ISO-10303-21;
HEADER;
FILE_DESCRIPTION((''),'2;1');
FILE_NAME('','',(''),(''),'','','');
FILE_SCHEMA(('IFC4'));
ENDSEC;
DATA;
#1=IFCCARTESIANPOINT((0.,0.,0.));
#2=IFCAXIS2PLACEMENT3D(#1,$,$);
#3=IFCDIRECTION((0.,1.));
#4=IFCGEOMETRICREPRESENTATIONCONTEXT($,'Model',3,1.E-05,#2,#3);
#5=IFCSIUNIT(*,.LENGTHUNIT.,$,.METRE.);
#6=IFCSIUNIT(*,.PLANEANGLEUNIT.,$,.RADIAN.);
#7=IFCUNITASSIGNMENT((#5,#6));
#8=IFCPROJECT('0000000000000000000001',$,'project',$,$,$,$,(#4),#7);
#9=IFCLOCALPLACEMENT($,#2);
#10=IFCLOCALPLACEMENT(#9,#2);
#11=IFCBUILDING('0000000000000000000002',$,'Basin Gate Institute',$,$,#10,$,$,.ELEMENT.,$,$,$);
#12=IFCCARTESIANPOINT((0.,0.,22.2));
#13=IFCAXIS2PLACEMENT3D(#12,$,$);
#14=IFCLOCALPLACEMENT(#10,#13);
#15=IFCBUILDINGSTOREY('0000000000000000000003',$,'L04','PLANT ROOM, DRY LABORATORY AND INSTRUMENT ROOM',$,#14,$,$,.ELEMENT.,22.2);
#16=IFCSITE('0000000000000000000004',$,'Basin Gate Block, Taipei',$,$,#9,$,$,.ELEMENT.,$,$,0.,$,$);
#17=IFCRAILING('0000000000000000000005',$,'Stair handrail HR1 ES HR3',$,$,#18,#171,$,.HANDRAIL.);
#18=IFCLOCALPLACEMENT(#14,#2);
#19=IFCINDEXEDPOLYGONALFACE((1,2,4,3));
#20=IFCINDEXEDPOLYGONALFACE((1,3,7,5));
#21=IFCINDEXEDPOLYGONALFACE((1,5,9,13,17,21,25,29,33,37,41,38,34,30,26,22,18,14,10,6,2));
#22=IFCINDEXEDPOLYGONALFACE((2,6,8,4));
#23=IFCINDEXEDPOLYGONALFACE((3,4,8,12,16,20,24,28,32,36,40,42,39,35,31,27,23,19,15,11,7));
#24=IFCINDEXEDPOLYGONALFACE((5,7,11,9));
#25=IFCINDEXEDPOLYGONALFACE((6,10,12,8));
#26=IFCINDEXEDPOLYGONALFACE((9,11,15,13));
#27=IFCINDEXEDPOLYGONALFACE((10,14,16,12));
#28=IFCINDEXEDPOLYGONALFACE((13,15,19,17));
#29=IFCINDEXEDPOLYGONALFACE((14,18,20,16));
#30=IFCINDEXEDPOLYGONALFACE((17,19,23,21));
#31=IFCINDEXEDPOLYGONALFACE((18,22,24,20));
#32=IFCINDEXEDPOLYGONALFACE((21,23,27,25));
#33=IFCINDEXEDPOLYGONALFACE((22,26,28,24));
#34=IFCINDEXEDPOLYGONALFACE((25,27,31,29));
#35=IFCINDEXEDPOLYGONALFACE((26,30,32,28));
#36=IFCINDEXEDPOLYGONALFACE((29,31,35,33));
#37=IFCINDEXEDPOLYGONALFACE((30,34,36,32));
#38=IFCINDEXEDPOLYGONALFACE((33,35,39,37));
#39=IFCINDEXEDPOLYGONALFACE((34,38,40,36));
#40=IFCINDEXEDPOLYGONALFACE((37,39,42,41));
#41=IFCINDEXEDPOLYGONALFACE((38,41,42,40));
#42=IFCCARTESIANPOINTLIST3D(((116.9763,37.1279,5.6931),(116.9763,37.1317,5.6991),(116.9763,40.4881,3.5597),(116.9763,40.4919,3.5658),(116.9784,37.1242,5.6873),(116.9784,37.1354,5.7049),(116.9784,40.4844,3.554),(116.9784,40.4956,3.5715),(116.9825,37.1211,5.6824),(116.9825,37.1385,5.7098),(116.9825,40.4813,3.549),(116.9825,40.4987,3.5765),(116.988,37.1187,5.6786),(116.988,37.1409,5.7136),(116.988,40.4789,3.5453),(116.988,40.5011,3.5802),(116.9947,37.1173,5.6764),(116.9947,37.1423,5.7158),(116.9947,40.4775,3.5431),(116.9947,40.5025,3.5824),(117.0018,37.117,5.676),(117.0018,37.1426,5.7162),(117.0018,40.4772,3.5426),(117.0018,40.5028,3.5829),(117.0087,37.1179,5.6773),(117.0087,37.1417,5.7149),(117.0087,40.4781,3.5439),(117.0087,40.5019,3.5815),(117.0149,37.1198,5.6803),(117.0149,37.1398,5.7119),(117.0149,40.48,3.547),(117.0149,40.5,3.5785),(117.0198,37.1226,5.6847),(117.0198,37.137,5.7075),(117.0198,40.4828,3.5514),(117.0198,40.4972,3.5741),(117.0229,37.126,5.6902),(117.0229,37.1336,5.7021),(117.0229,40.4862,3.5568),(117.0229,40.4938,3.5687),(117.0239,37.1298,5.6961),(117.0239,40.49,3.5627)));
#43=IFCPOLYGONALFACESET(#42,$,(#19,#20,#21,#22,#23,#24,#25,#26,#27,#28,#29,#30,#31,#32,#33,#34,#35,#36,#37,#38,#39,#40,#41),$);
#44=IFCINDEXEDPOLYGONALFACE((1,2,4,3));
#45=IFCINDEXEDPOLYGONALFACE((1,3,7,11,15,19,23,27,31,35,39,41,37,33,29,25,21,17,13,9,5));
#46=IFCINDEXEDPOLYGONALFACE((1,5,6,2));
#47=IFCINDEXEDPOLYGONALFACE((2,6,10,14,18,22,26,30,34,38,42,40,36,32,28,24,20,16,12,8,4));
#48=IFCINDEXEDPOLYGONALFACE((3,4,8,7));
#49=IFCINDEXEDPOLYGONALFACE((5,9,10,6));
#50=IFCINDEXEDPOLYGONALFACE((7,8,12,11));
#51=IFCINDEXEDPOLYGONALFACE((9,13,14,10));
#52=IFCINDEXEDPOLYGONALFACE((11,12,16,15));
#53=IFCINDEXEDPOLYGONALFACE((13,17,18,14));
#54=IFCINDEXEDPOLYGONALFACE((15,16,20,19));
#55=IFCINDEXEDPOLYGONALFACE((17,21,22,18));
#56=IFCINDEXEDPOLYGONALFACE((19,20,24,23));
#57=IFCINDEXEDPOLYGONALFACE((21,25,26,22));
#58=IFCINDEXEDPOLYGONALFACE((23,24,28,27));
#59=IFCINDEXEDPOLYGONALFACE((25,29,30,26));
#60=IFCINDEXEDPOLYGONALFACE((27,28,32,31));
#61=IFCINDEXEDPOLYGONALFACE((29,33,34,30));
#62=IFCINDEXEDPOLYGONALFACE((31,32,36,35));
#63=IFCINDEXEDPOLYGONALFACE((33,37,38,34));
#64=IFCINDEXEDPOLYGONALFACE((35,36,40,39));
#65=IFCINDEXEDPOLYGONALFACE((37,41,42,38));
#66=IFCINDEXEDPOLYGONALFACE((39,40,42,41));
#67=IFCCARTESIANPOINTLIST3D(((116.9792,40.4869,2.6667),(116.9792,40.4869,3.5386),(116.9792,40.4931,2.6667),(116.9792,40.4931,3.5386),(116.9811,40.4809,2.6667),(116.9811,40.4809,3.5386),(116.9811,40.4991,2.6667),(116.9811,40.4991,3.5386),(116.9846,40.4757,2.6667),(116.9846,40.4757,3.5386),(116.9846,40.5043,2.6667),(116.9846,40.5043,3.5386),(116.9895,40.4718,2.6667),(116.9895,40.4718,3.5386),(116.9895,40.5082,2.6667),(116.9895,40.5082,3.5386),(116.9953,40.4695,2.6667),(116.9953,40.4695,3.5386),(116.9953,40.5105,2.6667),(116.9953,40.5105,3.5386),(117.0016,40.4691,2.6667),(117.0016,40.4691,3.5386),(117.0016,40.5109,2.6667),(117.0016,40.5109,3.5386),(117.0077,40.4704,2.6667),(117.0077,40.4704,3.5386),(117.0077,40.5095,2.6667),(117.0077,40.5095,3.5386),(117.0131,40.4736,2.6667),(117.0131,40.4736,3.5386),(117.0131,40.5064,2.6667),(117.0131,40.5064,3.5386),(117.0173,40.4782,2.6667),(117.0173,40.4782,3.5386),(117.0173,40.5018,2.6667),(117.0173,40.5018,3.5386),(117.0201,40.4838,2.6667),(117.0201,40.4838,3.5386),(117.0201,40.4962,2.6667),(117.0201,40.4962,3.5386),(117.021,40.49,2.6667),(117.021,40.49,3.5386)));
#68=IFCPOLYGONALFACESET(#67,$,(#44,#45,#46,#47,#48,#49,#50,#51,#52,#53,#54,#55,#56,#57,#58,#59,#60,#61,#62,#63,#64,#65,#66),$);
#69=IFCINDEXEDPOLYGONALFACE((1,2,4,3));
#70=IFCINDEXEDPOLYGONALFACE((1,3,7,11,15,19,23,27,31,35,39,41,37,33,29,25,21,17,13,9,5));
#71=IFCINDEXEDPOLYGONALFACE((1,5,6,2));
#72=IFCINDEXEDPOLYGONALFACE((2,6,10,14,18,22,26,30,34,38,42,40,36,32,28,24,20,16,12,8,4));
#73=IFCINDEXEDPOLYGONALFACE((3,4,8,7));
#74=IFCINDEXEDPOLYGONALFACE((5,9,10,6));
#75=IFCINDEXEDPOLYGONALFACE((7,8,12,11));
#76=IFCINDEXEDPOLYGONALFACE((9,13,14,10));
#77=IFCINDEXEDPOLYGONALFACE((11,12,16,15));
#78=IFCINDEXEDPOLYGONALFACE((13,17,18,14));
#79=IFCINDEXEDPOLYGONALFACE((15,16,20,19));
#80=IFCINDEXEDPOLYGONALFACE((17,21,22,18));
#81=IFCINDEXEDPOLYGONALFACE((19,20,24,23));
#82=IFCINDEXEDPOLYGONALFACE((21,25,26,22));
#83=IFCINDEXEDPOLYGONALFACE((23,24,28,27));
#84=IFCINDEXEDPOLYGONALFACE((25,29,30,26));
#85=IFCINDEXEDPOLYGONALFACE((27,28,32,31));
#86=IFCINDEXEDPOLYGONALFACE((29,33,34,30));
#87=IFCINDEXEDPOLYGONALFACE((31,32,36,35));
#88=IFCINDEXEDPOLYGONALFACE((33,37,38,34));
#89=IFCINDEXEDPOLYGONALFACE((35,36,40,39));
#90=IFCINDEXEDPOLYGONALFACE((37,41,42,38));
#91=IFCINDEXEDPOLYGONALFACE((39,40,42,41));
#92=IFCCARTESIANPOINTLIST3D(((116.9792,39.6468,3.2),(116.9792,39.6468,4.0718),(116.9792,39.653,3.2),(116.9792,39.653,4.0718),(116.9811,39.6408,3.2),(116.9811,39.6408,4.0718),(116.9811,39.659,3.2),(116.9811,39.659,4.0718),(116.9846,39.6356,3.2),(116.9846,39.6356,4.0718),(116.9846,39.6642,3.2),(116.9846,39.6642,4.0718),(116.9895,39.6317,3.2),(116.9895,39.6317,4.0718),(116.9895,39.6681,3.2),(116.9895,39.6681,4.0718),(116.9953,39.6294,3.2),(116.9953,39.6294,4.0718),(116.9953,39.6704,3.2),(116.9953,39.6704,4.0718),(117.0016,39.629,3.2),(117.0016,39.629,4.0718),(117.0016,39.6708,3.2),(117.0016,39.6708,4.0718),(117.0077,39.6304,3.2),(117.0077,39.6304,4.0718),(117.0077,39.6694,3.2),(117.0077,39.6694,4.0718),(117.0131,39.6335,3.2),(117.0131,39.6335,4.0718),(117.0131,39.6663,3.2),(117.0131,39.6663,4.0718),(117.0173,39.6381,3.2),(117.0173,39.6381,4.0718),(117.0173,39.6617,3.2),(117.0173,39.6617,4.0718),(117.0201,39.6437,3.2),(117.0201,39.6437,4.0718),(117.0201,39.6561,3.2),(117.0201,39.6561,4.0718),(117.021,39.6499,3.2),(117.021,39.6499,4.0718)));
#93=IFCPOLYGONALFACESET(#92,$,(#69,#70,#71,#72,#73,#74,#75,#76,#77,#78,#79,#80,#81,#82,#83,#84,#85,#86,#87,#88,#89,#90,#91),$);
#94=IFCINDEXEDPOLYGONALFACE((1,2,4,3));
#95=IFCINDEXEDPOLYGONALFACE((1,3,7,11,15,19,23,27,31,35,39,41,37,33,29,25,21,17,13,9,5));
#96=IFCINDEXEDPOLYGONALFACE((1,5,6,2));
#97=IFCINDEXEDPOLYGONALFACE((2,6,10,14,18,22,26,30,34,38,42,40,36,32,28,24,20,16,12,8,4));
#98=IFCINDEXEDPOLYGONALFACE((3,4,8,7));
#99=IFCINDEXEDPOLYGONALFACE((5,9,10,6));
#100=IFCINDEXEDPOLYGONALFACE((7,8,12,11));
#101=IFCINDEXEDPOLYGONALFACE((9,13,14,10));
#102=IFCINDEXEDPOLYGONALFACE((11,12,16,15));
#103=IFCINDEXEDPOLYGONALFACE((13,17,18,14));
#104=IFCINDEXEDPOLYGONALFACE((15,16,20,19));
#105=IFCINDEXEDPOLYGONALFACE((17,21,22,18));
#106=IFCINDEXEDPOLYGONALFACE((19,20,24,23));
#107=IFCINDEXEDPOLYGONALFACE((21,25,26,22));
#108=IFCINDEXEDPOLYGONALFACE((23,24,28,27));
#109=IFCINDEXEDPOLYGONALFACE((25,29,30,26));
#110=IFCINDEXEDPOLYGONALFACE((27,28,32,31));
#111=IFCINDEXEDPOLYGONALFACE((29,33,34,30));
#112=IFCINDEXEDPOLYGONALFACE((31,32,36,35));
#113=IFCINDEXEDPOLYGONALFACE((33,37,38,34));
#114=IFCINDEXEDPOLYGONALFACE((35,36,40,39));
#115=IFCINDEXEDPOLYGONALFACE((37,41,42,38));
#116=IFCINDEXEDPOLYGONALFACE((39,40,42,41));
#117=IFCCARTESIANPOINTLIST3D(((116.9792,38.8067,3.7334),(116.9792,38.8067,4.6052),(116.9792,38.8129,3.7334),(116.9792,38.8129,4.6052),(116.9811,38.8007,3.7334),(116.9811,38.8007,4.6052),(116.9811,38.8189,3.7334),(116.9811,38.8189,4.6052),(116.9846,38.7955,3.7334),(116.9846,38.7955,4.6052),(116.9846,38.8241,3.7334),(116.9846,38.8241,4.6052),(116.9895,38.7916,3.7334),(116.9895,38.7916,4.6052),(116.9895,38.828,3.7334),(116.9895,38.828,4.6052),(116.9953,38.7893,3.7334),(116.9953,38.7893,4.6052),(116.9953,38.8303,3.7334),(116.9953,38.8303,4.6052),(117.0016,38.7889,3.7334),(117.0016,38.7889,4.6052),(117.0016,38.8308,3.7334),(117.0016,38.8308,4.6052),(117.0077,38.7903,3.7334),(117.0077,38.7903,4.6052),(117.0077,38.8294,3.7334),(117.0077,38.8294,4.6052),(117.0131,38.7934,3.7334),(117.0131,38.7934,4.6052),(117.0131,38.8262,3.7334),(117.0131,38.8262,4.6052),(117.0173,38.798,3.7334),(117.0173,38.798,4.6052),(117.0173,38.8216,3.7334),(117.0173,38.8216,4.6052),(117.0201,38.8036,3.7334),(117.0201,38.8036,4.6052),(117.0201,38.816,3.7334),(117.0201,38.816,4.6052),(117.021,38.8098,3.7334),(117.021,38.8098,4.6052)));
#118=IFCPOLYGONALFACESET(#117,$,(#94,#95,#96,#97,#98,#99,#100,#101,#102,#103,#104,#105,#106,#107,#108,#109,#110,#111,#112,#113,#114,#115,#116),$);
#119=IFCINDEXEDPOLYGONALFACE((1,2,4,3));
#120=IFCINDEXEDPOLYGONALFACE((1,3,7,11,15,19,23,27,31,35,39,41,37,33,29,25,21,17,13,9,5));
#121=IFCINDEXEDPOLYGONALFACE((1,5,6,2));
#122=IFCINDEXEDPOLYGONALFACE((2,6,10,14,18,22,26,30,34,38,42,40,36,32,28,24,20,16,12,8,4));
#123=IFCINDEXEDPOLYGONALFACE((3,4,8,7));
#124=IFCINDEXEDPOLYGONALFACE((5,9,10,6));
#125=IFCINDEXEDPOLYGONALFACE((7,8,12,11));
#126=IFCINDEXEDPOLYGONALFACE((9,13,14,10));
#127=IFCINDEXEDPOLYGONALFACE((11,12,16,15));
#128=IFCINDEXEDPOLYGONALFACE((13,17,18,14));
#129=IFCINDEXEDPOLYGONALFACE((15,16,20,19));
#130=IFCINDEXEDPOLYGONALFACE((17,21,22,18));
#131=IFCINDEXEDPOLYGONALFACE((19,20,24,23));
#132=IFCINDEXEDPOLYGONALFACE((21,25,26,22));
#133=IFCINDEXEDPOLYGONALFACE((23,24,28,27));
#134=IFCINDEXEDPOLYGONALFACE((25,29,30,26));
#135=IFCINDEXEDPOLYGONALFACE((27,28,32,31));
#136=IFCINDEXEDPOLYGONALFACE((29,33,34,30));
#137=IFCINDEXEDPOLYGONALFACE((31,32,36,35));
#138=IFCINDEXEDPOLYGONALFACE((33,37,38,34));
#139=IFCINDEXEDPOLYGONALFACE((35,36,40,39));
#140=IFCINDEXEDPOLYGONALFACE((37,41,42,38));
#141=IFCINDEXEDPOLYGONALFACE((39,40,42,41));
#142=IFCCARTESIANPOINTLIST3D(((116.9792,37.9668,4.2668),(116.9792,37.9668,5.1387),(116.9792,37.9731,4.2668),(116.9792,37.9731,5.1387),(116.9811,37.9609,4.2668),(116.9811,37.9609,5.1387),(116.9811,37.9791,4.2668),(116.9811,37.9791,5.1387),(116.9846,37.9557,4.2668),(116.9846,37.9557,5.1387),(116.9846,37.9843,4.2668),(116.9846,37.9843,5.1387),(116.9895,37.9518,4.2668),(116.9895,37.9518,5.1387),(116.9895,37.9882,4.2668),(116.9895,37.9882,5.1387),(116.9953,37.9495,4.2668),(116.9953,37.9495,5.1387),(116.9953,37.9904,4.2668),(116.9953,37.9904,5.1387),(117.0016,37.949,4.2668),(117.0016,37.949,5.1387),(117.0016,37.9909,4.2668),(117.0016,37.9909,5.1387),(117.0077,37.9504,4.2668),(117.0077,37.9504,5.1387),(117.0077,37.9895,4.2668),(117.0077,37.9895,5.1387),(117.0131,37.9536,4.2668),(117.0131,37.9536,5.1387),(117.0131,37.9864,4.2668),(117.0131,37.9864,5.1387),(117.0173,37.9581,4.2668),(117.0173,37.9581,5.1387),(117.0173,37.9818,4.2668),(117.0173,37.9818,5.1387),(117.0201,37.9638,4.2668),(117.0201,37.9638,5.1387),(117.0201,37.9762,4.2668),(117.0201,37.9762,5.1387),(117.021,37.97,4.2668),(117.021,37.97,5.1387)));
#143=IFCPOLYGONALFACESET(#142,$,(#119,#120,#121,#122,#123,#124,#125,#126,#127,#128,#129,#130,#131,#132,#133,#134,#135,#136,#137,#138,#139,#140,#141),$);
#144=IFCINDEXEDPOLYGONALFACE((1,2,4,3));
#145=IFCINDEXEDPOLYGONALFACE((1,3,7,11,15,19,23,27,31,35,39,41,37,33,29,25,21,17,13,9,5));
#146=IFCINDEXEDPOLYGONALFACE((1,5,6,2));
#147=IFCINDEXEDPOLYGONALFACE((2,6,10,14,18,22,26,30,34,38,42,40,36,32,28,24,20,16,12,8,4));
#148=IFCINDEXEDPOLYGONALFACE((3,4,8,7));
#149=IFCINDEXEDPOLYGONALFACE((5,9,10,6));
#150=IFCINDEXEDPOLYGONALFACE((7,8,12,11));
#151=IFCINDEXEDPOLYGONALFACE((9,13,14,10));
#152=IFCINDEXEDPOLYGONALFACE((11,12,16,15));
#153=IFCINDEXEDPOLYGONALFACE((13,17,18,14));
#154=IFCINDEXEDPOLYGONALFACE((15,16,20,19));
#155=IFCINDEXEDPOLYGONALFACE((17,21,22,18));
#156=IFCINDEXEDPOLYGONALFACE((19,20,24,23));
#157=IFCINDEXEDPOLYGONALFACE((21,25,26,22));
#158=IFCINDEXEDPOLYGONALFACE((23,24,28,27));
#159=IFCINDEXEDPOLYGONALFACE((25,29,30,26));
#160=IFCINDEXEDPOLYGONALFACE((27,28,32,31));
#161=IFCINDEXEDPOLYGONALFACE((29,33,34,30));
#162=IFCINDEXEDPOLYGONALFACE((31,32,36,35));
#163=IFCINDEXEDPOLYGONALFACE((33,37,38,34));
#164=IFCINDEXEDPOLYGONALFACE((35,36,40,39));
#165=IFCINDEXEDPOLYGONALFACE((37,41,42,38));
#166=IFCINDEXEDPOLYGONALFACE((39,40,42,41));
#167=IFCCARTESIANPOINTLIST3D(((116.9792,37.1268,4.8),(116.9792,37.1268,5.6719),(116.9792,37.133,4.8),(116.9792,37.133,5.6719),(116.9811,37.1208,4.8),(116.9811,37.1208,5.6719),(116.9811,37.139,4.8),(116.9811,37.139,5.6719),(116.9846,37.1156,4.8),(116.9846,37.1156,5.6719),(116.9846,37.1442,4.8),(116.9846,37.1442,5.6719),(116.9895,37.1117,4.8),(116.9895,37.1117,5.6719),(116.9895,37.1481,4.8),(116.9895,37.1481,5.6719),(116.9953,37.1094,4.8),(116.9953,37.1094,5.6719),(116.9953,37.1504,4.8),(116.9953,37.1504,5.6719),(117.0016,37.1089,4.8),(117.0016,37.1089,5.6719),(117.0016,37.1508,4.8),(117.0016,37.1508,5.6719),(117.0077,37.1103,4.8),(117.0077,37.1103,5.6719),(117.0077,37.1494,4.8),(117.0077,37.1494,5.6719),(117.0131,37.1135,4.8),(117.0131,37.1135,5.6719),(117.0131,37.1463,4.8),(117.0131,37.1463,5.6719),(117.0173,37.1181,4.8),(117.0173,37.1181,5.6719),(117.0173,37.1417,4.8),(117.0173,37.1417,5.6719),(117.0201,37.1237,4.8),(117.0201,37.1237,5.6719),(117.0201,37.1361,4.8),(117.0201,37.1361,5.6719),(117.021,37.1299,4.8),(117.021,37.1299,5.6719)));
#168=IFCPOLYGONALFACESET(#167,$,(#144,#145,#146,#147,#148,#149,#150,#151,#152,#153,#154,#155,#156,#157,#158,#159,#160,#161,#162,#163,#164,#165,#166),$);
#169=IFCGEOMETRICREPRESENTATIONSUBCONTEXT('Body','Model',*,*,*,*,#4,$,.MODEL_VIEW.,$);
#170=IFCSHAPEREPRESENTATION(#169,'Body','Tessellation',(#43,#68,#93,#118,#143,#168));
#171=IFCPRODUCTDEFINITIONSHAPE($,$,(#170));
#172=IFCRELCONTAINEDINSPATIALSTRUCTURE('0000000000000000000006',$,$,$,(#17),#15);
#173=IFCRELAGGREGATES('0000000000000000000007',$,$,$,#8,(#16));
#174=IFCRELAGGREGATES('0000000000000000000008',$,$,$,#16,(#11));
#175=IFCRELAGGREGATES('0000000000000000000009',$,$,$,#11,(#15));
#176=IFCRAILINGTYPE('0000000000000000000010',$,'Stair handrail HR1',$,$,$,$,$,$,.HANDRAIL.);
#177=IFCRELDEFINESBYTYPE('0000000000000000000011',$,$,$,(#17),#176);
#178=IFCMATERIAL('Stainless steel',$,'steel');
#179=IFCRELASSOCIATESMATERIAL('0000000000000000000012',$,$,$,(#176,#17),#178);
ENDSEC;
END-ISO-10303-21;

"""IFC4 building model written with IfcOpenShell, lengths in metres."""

from ifc_helpers import new_model, si_unit, direction, frame, origin, origin_2d, place, context, subcontext, project, spatial, circle, extrude, material, type_object, element, save


model = new_model("IFC4")

# Units and contexts
model_context = context("Model", 3, precision=1e-05, world=origin(), true_north=direction((0.0, 1.0)))
body_context = subcontext(model_context, "Body", "Model", "MODEL_VIEW")
ifc_project = project(units=[si_unit("LENGTHUNIT", "METRE"), si_unit("PLANEANGLEUNIT", "RADIAN")], contexts=[model_context])

# Site, building, storey
site_placement = place(None, origin())
site = spatial("IfcSite", under=ifc_project, at=site_placement, Name="Basin Gate Block, Taipei", CompositionType="ELEMENT", RefElevation=0.0)
building_placement = place(site_placement, origin())
building = spatial("IfcBuilding", under=site, at=building_placement, Name="Basin Gate Institute", CompositionType="ELEMENT")
storey_placement = place(building_placement, frame((0.0, 0.0, 22.2)))
storey = spatial("IfcBuildingStorey", under=building, at=storey_placement, Name="L04", Description="PLANT ROOM, DRY LABORATORY AND INSTRUMENT ROOM", CompositionType="ELEMENT", Elevation=22.2)

# Railing
ifc_material_1 = material(Name="Stainless steel", Category="steel")
railing_type_1 = type_object("IfcRailingType", Name="Stair handrail HR1", PredefinedType="HANDRAIL", material=ifc_material_1)
railing_1_placement = place(storey_placement, frame((117.0, 40.49, 2.6667)))
element("IfcRailing", 1, at=railing_1_placement, inside=storey, type_object=railing_type_1, material=ifc_material_1, Name="Stair handrail HR1 ES HR3", PredefinedType="HANDRAIL", context=body_context, shape_type="SweptSolid", body=[
    extrude(circle(Radius=0.0239, at=origin_2d()), frame((0.0, 0.0, 0.896), z_axis=(0.0, -0.844224, 0.53599), x_axis=(1.0, 0.0, 0.0)), (0.0, 0.0, 1.0), 3.9802),
    extrude(circle(Radius=0.021, at=origin_2d()), origin(), (0.0, 0.0, 1.0), 0.8718),
    extrude(circle(Radius=0.021, at=origin_2d()), frame((0.0, -0.8401, 0.5332)), (0.0, 0.0, 1.0), 0.8718),
    extrude(circle(Radius=0.021, at=origin_2d()), frame((0.0, -1.6802, 1.0667)), (0.0, 0.0, 1.0), 0.8718),
    extrude(circle(Radius=0.021, at=origin_2d()), frame((0.0, -2.52, 1.6001)), (0.0, 0.0, 1.0), 0.8718),
    extrude(circle(Radius=0.021, at=origin_2d()), frame((0.0, -3.3601, 2.1333)), (0.0, 0.0, 1.0), 0.8718),
])

save(model, "model.ifc")
